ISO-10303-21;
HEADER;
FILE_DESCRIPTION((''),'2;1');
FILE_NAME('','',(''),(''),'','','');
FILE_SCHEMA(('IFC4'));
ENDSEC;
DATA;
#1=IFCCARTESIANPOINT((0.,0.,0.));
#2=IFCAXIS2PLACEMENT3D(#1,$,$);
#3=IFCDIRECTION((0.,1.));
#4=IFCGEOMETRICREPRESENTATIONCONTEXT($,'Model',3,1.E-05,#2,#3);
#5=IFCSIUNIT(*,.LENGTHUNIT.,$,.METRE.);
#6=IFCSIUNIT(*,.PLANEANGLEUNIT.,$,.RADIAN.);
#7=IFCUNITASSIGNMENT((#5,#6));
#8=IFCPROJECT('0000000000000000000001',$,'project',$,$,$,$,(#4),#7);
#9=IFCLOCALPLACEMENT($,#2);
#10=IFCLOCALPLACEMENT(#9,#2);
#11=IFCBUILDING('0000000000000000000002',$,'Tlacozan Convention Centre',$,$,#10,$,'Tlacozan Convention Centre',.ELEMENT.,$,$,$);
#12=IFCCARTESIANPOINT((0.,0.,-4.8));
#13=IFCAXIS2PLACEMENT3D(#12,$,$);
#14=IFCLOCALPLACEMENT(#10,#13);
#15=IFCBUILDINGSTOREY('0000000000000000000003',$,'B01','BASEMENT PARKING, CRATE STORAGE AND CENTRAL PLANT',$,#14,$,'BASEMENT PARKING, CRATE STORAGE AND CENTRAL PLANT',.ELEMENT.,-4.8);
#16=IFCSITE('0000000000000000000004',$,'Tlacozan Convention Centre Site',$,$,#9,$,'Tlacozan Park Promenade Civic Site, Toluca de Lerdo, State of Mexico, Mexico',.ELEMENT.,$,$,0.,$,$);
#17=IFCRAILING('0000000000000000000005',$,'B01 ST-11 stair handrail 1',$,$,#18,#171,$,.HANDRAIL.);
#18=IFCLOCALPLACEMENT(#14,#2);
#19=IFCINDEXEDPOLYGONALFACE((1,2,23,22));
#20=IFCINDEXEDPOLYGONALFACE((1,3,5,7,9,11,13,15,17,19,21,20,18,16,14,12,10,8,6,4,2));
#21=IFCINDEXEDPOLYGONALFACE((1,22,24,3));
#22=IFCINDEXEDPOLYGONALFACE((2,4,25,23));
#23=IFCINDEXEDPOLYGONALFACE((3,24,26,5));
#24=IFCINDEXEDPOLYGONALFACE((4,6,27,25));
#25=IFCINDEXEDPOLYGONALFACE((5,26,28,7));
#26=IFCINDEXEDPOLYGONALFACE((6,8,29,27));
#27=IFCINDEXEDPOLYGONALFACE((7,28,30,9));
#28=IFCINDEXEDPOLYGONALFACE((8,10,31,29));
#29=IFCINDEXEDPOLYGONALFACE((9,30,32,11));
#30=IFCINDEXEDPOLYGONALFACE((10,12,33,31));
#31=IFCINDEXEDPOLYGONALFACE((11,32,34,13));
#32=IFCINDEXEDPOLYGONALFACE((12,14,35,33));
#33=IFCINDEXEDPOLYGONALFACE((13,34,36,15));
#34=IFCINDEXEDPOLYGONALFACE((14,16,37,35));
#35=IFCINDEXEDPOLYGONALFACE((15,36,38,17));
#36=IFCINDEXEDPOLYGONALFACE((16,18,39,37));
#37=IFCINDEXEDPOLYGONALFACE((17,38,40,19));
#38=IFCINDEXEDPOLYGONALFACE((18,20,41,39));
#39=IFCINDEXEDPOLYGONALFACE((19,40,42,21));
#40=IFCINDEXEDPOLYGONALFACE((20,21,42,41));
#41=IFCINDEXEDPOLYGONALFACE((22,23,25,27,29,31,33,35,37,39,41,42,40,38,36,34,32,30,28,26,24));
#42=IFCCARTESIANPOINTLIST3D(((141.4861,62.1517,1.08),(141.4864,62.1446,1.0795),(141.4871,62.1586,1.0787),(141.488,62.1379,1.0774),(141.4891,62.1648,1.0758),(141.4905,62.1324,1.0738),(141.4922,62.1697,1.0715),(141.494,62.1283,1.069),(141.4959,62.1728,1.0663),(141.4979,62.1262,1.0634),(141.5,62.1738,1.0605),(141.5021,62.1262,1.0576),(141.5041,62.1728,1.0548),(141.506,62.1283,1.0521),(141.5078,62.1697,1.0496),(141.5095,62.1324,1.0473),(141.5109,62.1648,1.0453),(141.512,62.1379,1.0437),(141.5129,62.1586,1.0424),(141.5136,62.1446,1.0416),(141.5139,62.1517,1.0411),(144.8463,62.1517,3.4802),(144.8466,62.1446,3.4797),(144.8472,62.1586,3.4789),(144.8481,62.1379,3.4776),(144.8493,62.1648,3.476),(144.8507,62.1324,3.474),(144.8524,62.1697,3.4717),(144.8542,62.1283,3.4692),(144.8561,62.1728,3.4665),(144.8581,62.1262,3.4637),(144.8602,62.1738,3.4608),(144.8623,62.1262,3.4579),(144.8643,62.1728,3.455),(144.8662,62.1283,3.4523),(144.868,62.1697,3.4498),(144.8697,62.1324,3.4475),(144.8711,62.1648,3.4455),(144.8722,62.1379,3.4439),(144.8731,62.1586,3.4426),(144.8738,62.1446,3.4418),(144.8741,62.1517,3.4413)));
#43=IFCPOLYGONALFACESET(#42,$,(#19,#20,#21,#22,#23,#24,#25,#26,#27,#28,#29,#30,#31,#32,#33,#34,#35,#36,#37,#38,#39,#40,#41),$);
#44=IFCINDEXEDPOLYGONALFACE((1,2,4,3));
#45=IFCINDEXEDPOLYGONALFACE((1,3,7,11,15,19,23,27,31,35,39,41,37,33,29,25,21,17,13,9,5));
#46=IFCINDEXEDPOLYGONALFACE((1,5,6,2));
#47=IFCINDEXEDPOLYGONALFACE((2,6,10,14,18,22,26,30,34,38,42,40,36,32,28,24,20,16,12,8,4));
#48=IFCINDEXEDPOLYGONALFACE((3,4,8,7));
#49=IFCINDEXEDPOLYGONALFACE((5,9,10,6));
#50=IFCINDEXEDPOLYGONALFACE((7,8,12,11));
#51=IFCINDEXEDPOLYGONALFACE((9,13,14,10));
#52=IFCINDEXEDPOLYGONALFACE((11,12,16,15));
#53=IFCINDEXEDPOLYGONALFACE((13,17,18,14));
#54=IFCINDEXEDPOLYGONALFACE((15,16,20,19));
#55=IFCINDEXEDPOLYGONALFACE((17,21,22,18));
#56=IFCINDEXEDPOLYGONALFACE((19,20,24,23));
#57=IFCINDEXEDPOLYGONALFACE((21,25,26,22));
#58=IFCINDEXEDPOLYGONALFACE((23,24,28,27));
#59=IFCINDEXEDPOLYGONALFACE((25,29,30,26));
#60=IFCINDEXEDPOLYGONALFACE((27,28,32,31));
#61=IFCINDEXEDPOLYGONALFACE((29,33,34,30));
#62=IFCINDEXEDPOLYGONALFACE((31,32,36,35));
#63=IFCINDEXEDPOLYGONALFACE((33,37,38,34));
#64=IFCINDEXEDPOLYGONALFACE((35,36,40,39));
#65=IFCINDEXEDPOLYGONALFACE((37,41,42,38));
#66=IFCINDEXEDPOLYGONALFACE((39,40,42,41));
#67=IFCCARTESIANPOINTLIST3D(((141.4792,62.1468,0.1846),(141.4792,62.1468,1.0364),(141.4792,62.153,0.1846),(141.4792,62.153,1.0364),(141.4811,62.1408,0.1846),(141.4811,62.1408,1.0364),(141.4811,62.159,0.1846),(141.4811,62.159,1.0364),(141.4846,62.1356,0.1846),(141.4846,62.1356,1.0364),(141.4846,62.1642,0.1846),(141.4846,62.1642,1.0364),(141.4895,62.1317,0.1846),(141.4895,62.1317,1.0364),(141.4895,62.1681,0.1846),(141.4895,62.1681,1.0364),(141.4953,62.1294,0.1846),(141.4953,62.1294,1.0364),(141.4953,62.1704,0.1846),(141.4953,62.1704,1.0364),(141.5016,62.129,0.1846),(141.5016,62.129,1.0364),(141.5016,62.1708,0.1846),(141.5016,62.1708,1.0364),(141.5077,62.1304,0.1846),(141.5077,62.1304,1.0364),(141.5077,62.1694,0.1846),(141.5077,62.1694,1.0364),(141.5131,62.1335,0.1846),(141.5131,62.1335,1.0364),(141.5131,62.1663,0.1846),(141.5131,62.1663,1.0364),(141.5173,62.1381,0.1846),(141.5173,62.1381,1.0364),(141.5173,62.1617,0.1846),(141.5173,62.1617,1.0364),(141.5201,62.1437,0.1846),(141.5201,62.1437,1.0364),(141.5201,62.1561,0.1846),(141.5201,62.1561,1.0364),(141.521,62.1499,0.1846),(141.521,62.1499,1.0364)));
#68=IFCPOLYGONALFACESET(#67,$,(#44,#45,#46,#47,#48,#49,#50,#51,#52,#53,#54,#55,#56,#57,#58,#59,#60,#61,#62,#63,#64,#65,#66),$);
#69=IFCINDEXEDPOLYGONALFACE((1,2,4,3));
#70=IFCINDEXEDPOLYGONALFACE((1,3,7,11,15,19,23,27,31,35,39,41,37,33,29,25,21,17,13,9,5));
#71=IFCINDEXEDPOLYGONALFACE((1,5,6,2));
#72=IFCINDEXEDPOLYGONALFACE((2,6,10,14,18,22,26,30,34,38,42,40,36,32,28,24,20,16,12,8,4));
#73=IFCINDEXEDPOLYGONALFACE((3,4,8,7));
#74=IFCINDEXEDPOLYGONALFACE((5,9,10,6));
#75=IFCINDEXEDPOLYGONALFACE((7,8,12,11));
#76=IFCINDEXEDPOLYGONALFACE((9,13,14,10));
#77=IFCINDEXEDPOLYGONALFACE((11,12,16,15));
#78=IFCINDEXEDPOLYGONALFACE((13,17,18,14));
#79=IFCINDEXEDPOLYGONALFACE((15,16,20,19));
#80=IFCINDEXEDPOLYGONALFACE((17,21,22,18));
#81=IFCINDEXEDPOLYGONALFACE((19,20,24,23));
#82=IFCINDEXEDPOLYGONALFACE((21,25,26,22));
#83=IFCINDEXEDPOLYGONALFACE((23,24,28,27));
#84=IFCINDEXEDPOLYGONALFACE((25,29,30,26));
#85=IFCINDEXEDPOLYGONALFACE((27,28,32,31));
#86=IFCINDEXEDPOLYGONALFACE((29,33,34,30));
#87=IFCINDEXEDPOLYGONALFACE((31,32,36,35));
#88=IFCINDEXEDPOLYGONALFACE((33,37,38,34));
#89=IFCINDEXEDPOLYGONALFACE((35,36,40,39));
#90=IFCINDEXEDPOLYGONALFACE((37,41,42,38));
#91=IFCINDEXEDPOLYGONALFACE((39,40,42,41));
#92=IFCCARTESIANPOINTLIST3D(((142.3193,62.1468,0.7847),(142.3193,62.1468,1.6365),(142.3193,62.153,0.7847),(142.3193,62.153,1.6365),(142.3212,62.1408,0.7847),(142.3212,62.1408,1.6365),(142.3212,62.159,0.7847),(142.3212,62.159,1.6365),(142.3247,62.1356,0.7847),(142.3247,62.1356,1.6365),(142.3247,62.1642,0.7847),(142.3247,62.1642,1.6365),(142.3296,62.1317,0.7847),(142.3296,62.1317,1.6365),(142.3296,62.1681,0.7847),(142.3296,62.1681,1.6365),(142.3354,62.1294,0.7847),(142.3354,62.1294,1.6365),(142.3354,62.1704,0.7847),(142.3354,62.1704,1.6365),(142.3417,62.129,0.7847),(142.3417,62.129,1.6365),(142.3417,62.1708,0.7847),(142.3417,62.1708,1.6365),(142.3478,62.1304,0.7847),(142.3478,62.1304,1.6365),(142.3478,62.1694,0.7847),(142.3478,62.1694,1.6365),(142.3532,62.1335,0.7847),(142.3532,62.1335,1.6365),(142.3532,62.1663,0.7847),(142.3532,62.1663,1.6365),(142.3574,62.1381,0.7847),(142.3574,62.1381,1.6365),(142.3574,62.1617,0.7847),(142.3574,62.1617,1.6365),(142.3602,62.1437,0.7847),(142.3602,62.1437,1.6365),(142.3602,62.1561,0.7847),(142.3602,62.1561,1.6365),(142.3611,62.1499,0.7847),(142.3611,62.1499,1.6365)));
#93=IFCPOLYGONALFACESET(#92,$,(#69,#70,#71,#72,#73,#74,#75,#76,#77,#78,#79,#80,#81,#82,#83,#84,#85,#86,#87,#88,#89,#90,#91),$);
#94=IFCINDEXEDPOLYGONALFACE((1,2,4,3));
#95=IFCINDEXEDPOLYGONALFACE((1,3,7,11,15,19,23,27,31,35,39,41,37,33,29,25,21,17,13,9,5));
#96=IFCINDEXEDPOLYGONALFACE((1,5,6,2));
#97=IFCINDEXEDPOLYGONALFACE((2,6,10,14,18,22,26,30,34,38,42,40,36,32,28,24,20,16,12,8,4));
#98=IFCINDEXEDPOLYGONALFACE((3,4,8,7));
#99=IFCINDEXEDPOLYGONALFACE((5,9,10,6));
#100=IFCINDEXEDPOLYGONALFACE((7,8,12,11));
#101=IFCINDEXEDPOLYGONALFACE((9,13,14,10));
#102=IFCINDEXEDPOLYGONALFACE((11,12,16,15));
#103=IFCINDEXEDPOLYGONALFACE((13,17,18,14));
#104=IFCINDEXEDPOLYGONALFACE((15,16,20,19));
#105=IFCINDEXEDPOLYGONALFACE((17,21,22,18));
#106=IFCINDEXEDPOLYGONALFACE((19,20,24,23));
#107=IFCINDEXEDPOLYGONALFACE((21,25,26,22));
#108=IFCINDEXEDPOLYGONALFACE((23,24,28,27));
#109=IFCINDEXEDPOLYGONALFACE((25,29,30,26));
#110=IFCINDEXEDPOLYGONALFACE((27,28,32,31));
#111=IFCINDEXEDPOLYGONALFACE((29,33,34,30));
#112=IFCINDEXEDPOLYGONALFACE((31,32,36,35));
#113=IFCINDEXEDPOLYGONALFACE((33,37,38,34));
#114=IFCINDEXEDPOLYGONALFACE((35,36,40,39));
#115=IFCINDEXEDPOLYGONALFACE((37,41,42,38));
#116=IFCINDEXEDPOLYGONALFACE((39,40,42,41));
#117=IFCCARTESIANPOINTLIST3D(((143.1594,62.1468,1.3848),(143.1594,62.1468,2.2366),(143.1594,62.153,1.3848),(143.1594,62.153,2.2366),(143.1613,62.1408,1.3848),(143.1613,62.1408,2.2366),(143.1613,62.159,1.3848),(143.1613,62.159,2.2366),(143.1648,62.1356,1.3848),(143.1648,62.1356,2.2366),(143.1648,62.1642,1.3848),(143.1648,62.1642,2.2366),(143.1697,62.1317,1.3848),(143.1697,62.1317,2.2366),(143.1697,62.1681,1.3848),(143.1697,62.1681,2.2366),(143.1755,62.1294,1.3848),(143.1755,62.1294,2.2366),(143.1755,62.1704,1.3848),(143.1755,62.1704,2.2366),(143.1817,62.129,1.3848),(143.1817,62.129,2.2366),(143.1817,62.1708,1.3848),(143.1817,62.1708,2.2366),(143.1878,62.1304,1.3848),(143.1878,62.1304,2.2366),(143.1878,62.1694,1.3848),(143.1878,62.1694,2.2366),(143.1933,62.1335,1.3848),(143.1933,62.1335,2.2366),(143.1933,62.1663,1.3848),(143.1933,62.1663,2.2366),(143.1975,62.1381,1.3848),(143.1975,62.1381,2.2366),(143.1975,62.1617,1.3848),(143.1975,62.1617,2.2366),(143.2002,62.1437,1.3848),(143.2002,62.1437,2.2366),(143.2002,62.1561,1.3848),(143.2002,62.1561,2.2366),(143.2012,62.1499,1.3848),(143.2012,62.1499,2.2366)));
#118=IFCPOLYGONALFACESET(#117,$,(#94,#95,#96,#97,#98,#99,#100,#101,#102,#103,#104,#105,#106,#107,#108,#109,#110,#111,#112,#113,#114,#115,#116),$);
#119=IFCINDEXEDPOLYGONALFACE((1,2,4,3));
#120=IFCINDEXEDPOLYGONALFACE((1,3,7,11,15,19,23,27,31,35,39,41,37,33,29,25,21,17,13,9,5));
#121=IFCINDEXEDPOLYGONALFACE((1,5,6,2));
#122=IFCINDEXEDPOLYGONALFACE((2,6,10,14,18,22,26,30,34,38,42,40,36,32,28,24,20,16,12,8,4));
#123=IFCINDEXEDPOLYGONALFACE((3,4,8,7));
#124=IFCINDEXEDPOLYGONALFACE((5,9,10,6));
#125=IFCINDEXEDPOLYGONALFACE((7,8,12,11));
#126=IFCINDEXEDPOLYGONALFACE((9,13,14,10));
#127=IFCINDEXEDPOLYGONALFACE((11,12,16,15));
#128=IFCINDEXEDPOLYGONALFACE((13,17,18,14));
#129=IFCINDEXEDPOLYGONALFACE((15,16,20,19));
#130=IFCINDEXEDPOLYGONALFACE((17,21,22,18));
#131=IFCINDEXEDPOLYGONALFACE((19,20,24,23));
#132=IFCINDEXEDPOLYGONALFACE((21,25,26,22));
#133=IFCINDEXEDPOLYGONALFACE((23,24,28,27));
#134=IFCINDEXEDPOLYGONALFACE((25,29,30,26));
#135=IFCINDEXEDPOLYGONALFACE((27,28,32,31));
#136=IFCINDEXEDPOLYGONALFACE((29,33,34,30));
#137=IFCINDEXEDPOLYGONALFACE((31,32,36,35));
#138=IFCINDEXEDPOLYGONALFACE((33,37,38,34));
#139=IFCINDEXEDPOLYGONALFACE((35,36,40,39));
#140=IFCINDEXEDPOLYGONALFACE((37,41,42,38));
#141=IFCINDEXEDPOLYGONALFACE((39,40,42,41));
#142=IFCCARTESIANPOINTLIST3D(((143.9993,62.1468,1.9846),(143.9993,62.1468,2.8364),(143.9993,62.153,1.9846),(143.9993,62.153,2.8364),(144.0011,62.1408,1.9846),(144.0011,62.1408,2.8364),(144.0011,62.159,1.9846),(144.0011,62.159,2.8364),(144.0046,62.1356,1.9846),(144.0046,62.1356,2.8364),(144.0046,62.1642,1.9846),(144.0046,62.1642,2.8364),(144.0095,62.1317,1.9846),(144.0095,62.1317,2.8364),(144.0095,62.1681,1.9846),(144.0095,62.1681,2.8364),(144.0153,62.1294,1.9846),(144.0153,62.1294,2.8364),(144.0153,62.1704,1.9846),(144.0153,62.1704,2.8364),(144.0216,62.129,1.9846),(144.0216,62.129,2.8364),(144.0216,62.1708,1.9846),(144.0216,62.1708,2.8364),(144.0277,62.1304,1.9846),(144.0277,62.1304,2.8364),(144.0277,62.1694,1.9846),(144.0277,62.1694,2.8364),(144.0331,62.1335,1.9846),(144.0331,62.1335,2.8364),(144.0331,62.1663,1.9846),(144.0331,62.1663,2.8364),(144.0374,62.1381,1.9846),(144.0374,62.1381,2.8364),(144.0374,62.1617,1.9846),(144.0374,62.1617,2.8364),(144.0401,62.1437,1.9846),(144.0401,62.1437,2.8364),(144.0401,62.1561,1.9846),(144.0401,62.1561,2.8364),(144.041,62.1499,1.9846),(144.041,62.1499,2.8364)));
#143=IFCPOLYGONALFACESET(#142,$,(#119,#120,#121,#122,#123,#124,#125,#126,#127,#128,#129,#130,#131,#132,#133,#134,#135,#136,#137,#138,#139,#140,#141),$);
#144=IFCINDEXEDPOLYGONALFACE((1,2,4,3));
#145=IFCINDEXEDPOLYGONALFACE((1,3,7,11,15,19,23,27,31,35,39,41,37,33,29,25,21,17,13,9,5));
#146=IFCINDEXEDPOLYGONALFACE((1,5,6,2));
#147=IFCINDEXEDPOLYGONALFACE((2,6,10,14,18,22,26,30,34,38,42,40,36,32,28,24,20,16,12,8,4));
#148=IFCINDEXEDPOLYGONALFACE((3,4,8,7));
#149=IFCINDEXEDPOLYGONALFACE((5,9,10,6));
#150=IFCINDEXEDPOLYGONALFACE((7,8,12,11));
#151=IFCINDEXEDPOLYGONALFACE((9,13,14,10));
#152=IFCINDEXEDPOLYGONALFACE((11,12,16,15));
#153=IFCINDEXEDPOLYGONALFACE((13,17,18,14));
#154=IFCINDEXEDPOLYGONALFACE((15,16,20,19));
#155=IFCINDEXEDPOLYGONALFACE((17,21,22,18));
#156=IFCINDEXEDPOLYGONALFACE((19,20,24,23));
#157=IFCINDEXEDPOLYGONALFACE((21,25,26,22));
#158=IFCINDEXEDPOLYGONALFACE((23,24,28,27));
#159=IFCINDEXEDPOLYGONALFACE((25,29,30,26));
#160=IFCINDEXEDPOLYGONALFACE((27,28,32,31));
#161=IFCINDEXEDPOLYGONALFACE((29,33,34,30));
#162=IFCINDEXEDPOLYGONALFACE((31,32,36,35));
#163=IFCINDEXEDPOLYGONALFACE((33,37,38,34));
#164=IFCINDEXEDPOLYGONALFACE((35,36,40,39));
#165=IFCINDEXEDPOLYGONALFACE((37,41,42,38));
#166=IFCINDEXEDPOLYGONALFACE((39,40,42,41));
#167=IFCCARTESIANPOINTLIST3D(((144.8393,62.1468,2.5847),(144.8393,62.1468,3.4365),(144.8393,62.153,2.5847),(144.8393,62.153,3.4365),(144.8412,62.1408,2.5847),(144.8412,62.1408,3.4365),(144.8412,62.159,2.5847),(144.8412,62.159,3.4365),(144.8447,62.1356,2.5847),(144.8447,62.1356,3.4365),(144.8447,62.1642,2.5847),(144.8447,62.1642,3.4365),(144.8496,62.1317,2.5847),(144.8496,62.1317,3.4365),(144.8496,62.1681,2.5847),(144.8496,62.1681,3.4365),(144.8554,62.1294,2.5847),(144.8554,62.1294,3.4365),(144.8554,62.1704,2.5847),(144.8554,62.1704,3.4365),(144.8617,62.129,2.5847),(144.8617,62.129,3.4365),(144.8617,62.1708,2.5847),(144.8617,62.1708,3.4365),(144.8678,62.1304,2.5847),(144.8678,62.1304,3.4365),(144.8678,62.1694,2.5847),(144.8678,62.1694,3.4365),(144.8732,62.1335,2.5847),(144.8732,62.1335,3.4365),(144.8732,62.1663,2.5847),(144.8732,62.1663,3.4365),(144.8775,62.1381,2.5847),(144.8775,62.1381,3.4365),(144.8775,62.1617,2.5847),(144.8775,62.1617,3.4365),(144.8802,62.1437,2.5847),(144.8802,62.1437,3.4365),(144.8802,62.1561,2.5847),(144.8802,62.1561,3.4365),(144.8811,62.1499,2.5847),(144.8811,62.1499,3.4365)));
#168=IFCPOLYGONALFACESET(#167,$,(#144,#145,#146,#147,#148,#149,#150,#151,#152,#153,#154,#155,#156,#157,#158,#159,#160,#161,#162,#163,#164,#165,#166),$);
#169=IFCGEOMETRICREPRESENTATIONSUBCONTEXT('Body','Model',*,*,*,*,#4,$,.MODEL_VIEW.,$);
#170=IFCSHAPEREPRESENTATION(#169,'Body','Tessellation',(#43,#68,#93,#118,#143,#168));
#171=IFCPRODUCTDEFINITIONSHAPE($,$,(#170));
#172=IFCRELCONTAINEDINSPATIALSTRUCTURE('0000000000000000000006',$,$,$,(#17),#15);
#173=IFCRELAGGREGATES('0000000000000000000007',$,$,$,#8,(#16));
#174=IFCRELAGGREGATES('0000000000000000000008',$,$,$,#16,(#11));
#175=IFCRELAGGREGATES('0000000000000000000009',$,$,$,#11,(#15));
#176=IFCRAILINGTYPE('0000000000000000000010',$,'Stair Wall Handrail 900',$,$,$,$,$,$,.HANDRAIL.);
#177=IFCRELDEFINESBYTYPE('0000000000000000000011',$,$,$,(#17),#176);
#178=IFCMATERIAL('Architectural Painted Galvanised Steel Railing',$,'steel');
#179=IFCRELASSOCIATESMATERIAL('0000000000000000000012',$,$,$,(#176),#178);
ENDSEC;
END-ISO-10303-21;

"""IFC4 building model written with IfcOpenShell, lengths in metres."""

from ifc_helpers import new_model, si_unit, direction, frame, origin, origin_2d, place, context, subcontext, project, spatial, circle, extrude, material, type_object, element, save


model = new_model("IFC4")

# Units and contexts
model_context = context("Model", 3, precision=1e-05, world=origin(), true_north=direction((0.0, 1.0)))
body_context = subcontext(model_context, "Body", "Model", "MODEL_VIEW")
ifc_project = project(units=[si_unit("LENGTHUNIT", "METRE"), si_unit("PLANEANGLEUNIT", "RADIAN")], contexts=[model_context])

# Site, building, storey
site_placement = place(None, origin())
site = spatial("IfcSite", under=ifc_project, at=site_placement, Name="Tlacozan Convention Centre Site", LongName="Tlacozan Park Promenade Civic Site, Toluca de Lerdo, State of Mexico, Mexico", CompositionType="ELEMENT", RefElevation=0.0)
building_placement = place(site_placement, origin())
building = spatial("IfcBuilding", under=site, at=building_placement, Name="Tlacozan Convention Centre", LongName="Tlacozan Convention Centre", CompositionType="ELEMENT")
storey_placement = place(building_placement, frame((0.0, 0.0, -4.8)))
storey = spatial("IfcBuildingStorey", under=building, at=storey_placement, Name="B01", Description="BASEMENT PARKING, CRATE STORAGE AND CENTRAL PLANT", LongName="BASEMENT PARKING, CRATE STORAGE AND CENTRAL PLANT", CompositionType="ELEMENT", Elevation=-4.8)

# Railing
ifc_material_1 = material(Name="Architectural Painted Galvanised Steel Railing", Category="steel")
railing_type_1 = type_object("IfcRailingType", Name="Stair Wall Handrail 900", PredefinedType="HANDRAIL", material=ifc_material_1)
railing_1_placement = place(storey_placement, frame((141.5, 62.1499, 0.1846)))
element("IfcRailing", 1, at=railing_1_placement, inside=storey, type_object=railing_type_1, Name="B01 ST-11 stair handrail 1", PredefinedType="HANDRAIL", context=body_context, shape_type="SweptSolid", body=[
    extrude(circle(Radius=0.0239, at=origin_2d()), frame((0.0, 0.0, 0.876), z_axis=(0.813725, 0.0, 0.581249), x_axis=(0.0, 1.0, 0.0)), (0.0, 0.0, 1.0), 4.1294),
    extrude(circle(Radius=0.021, at=origin_2d()), origin(), (0.0, 0.0, 1.0), 0.8518),
    extrude(circle(Radius=0.021, at=origin_2d()), frame((0.8401, 0.0, 0.6001)), (0.0, 0.0, 1.0), 0.8518),
    extrude(circle(Radius=0.021, at=origin_2d()), frame((1.6802, 0.0, 1.2002)), (0.0, 0.0, 1.0), 0.8518),
    extrude(circle(Radius=0.021, at=origin_2d()), frame((2.52, 0.0, 1.8)), (0.0, 0.0, 1.0), 0.8518),
    extrude(circle(Radius=0.021, at=origin_2d()), frame((3.3601, 0.0, 2.4001)), (0.0, 0.0, 1.0), 0.8518),
])

save(model, "model.ifc")
